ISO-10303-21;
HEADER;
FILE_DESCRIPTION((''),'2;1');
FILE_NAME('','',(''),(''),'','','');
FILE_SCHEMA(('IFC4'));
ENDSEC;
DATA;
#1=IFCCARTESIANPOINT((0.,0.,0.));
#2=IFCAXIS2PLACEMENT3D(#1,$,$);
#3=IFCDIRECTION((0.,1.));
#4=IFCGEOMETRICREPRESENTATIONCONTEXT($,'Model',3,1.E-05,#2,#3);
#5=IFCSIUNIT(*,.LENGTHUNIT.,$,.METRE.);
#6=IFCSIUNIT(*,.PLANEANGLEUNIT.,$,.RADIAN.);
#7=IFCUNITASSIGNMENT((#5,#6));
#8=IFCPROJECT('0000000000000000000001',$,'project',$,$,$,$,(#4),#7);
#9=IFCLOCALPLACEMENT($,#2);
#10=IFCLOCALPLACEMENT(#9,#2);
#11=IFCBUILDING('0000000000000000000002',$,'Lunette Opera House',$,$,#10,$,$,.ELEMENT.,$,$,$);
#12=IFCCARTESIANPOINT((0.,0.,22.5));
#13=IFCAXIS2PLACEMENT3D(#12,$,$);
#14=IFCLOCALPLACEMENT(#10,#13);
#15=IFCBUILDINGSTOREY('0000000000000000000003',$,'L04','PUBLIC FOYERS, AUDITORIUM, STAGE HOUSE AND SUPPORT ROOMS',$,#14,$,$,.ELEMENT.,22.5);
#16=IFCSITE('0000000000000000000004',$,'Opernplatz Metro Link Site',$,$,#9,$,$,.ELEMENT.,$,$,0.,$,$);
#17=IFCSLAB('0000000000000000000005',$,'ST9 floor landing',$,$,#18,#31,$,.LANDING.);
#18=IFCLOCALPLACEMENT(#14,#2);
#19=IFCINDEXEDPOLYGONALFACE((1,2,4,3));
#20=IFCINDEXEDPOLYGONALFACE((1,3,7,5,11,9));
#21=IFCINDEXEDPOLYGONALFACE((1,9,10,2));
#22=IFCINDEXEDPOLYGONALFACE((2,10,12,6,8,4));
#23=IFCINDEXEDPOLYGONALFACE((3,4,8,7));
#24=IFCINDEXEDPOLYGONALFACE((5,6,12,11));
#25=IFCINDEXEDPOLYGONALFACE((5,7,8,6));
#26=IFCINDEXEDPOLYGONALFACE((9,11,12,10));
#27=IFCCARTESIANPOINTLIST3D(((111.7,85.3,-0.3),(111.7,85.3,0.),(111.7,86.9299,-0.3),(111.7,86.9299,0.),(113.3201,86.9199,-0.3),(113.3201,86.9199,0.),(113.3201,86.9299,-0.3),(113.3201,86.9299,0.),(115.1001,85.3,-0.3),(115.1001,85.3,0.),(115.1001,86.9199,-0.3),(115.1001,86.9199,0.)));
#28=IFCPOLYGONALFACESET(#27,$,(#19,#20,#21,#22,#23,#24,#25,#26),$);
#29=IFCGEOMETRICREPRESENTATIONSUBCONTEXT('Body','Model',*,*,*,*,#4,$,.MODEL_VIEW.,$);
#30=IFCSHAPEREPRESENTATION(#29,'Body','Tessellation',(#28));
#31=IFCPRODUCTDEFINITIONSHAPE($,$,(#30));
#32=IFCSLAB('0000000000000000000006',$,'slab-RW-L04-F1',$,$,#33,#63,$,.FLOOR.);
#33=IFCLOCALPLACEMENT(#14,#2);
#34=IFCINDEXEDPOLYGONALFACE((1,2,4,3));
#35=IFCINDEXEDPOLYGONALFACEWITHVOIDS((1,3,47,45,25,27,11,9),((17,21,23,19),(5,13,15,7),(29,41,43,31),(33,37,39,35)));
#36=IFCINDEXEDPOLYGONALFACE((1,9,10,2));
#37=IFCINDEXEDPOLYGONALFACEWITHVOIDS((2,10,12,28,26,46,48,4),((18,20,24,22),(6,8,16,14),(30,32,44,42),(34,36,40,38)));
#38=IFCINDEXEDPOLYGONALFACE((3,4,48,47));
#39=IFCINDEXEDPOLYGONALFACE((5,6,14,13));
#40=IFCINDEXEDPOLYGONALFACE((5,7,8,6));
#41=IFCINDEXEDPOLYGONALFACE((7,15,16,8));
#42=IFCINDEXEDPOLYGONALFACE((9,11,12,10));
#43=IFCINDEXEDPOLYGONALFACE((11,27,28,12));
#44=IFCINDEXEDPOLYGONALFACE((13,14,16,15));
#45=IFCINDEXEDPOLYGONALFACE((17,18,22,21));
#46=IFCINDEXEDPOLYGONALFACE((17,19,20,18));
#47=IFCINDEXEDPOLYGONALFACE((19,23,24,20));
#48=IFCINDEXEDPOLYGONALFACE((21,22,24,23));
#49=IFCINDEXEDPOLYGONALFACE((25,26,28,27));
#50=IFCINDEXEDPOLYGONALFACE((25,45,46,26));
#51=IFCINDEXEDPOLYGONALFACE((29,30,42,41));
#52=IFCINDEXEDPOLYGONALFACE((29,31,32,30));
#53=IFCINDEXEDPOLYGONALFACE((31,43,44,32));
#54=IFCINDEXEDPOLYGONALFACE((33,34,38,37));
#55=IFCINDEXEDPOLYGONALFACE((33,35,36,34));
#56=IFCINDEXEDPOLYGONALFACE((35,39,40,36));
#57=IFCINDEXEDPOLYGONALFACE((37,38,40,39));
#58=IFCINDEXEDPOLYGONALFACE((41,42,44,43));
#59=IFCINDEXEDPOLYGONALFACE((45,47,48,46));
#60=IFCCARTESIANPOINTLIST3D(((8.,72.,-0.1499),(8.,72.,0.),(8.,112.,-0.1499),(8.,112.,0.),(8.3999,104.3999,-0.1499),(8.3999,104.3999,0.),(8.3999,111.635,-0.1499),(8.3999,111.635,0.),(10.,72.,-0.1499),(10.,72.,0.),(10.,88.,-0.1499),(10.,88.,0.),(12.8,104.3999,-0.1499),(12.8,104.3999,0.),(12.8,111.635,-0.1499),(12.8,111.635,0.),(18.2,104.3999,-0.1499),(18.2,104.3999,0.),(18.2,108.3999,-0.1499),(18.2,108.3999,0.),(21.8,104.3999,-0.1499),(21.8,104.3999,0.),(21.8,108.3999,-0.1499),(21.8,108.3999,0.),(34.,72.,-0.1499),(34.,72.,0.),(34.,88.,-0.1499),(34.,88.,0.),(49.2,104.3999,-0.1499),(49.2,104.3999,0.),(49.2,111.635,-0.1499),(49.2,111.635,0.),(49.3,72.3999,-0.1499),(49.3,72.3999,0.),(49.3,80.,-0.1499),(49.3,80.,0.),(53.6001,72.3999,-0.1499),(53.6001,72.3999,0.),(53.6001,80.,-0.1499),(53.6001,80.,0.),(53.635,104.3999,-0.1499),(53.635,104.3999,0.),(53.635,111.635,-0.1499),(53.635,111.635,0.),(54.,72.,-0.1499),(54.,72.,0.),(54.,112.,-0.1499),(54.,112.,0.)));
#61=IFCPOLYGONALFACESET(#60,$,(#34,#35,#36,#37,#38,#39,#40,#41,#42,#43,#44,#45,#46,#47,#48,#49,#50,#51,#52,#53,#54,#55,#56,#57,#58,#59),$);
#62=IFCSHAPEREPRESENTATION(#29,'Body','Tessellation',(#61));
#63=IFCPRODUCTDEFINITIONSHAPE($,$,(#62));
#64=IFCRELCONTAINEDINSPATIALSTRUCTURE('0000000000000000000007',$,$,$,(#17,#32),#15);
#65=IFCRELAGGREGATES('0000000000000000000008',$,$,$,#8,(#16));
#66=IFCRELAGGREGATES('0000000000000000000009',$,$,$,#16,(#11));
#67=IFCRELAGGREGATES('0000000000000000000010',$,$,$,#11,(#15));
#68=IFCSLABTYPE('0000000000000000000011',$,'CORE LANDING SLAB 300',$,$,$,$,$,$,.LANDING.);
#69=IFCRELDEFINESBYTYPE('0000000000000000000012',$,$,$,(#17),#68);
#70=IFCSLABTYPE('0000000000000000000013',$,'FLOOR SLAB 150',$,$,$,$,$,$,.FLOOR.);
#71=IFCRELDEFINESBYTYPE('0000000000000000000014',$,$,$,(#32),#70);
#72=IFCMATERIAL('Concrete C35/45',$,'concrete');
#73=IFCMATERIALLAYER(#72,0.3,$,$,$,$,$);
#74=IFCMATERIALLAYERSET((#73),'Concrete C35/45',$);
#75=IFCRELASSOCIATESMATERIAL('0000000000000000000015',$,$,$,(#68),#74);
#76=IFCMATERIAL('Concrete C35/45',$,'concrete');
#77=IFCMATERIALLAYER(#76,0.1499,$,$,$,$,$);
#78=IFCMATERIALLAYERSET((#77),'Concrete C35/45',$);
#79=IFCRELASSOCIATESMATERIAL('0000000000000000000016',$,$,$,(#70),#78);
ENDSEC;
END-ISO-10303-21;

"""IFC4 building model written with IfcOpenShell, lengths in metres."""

from ifc_helpers import new_model, si_unit, direction, frame, origin, place, context, subcontext, project, spatial, polyline, outline, extrude, material, layer, layer_set, type_object, element, save


model = new_model("IFC4")

# Units and contexts
model_context = context("Model", 3, precision=1e-05, world=origin(), true_north=direction((0.0, 1.0)))
body_context = subcontext(model_context, "Body", "Model", "MODEL_VIEW")
ifc_project = project(units=[si_unit("LENGTHUNIT", "METRE"), si_unit("PLANEANGLEUNIT", "RADIAN")], contexts=[model_context])

# Site, building, storey
site_placement = place(None, origin())
site = spatial("IfcSite", under=ifc_project, at=site_placement, Name="Opernplatz Metro Link Site", CompositionType="ELEMENT", RefElevation=0.0)
building_placement = place(site_placement, origin())
building = spatial("IfcBuilding", under=site, at=building_placement, Name="Lunette Opera House", CompositionType="ELEMENT")
storey_placement = place(building_placement, frame((0.0, 0.0, 22.5)))
storey = spatial("IfcBuildingStorey", under=building, at=storey_placement, Name="L04", Description="PUBLIC FOYERS, AUDITORIUM, STAGE HOUSE AND SUPPORT ROOMS", CompositionType="ELEMENT", Elevation=22.5)

# Slabs
ifc_material_1 = material(Name="Concrete C35/45", Category="concrete")
ifc_layer_1 = layer(ifc_material_1, 0.3)
ifc_layer_set_1 = layer_set([ifc_layer_1], Name="Concrete C35/45")
slab_type_1 = type_object("IfcSlabType", Name="CORE LANDING SLAB 300", PredefinedType="LANDING", material=ifc_layer_set_1)
slab_1_placement = place(storey_placement, frame((0.0, 0.0, -0.3)))
element("IfcSlab", 1, at=slab_1_placement, inside=storey, type_object=slab_type_1, Name="ST9 floor landing", PredefinedType="LANDING", context=body_context, shape_type="SweptSolid", body=[
    extrude(outline(polyline([(115.1001, 86.9199), (115.1001, 85.3), (111.7, 85.3), (111.7, 86.9299), (113.3201, 86.9299), (113.3201, 86.9199), (115.1001, 86.9199)])), origin(), (0.0, 0.0, 1.0), 0.3),
])
ifc_material_2 = material(Name="Concrete C35/45", Category="concrete")
ifc_layer_2 = layer(ifc_material_2, 0.1499)
ifc_layer_set_2 = layer_set([ifc_layer_2], Name="Concrete C35/45")
slab_type_2 = type_object("IfcSlabType", Name="FLOOR SLAB 150", PredefinedType="FLOOR", material=ifc_layer_set_2)
slab_2_placement = place(storey_placement, frame((0.0, 0.0, -0.1499)))
element("IfcSlab", 2, at=slab_2_placement, inside=storey, type_object=slab_type_2, Name="slab-RW-L04-F1", PredefinedType="FLOOR", context=body_context, shape_type="SweptSolid", body=[
    extrude(outline(polyline([(8.0, 112.0), (8.0, 72.0), (10.0, 72.0), (10.0, 88.0), (34.0, 88.0), (34.0, 72.0), (54.0, 72.0), (54.0, 112.0), (8.0, 112.0)]), holes=[polyline([(49.3, 72.3999), (49.3, 80.0), (53.6001, 80.0), (53.6001, 72.3999), (49.3, 72.3999)]), polyline([(18.2, 104.3999), (18.2, 108.3999), (21.8, 108.3999), (21.8, 104.3999), (18.2, 104.3999)]), polyline([(8.3999, 104.3999), (8.3999, 111.635), (12.8, 111.635), (12.8, 104.3999), (8.3999, 104.3999)]), polyline([(49.2, 104.3999), (49.2, 111.635), (53.635, 111.635), (53.635, 104.3999), (49.2, 104.3999)])]), origin(), (0.0, 0.0, 1.0), 0.1499),
])

save(model, "model.ifc")
